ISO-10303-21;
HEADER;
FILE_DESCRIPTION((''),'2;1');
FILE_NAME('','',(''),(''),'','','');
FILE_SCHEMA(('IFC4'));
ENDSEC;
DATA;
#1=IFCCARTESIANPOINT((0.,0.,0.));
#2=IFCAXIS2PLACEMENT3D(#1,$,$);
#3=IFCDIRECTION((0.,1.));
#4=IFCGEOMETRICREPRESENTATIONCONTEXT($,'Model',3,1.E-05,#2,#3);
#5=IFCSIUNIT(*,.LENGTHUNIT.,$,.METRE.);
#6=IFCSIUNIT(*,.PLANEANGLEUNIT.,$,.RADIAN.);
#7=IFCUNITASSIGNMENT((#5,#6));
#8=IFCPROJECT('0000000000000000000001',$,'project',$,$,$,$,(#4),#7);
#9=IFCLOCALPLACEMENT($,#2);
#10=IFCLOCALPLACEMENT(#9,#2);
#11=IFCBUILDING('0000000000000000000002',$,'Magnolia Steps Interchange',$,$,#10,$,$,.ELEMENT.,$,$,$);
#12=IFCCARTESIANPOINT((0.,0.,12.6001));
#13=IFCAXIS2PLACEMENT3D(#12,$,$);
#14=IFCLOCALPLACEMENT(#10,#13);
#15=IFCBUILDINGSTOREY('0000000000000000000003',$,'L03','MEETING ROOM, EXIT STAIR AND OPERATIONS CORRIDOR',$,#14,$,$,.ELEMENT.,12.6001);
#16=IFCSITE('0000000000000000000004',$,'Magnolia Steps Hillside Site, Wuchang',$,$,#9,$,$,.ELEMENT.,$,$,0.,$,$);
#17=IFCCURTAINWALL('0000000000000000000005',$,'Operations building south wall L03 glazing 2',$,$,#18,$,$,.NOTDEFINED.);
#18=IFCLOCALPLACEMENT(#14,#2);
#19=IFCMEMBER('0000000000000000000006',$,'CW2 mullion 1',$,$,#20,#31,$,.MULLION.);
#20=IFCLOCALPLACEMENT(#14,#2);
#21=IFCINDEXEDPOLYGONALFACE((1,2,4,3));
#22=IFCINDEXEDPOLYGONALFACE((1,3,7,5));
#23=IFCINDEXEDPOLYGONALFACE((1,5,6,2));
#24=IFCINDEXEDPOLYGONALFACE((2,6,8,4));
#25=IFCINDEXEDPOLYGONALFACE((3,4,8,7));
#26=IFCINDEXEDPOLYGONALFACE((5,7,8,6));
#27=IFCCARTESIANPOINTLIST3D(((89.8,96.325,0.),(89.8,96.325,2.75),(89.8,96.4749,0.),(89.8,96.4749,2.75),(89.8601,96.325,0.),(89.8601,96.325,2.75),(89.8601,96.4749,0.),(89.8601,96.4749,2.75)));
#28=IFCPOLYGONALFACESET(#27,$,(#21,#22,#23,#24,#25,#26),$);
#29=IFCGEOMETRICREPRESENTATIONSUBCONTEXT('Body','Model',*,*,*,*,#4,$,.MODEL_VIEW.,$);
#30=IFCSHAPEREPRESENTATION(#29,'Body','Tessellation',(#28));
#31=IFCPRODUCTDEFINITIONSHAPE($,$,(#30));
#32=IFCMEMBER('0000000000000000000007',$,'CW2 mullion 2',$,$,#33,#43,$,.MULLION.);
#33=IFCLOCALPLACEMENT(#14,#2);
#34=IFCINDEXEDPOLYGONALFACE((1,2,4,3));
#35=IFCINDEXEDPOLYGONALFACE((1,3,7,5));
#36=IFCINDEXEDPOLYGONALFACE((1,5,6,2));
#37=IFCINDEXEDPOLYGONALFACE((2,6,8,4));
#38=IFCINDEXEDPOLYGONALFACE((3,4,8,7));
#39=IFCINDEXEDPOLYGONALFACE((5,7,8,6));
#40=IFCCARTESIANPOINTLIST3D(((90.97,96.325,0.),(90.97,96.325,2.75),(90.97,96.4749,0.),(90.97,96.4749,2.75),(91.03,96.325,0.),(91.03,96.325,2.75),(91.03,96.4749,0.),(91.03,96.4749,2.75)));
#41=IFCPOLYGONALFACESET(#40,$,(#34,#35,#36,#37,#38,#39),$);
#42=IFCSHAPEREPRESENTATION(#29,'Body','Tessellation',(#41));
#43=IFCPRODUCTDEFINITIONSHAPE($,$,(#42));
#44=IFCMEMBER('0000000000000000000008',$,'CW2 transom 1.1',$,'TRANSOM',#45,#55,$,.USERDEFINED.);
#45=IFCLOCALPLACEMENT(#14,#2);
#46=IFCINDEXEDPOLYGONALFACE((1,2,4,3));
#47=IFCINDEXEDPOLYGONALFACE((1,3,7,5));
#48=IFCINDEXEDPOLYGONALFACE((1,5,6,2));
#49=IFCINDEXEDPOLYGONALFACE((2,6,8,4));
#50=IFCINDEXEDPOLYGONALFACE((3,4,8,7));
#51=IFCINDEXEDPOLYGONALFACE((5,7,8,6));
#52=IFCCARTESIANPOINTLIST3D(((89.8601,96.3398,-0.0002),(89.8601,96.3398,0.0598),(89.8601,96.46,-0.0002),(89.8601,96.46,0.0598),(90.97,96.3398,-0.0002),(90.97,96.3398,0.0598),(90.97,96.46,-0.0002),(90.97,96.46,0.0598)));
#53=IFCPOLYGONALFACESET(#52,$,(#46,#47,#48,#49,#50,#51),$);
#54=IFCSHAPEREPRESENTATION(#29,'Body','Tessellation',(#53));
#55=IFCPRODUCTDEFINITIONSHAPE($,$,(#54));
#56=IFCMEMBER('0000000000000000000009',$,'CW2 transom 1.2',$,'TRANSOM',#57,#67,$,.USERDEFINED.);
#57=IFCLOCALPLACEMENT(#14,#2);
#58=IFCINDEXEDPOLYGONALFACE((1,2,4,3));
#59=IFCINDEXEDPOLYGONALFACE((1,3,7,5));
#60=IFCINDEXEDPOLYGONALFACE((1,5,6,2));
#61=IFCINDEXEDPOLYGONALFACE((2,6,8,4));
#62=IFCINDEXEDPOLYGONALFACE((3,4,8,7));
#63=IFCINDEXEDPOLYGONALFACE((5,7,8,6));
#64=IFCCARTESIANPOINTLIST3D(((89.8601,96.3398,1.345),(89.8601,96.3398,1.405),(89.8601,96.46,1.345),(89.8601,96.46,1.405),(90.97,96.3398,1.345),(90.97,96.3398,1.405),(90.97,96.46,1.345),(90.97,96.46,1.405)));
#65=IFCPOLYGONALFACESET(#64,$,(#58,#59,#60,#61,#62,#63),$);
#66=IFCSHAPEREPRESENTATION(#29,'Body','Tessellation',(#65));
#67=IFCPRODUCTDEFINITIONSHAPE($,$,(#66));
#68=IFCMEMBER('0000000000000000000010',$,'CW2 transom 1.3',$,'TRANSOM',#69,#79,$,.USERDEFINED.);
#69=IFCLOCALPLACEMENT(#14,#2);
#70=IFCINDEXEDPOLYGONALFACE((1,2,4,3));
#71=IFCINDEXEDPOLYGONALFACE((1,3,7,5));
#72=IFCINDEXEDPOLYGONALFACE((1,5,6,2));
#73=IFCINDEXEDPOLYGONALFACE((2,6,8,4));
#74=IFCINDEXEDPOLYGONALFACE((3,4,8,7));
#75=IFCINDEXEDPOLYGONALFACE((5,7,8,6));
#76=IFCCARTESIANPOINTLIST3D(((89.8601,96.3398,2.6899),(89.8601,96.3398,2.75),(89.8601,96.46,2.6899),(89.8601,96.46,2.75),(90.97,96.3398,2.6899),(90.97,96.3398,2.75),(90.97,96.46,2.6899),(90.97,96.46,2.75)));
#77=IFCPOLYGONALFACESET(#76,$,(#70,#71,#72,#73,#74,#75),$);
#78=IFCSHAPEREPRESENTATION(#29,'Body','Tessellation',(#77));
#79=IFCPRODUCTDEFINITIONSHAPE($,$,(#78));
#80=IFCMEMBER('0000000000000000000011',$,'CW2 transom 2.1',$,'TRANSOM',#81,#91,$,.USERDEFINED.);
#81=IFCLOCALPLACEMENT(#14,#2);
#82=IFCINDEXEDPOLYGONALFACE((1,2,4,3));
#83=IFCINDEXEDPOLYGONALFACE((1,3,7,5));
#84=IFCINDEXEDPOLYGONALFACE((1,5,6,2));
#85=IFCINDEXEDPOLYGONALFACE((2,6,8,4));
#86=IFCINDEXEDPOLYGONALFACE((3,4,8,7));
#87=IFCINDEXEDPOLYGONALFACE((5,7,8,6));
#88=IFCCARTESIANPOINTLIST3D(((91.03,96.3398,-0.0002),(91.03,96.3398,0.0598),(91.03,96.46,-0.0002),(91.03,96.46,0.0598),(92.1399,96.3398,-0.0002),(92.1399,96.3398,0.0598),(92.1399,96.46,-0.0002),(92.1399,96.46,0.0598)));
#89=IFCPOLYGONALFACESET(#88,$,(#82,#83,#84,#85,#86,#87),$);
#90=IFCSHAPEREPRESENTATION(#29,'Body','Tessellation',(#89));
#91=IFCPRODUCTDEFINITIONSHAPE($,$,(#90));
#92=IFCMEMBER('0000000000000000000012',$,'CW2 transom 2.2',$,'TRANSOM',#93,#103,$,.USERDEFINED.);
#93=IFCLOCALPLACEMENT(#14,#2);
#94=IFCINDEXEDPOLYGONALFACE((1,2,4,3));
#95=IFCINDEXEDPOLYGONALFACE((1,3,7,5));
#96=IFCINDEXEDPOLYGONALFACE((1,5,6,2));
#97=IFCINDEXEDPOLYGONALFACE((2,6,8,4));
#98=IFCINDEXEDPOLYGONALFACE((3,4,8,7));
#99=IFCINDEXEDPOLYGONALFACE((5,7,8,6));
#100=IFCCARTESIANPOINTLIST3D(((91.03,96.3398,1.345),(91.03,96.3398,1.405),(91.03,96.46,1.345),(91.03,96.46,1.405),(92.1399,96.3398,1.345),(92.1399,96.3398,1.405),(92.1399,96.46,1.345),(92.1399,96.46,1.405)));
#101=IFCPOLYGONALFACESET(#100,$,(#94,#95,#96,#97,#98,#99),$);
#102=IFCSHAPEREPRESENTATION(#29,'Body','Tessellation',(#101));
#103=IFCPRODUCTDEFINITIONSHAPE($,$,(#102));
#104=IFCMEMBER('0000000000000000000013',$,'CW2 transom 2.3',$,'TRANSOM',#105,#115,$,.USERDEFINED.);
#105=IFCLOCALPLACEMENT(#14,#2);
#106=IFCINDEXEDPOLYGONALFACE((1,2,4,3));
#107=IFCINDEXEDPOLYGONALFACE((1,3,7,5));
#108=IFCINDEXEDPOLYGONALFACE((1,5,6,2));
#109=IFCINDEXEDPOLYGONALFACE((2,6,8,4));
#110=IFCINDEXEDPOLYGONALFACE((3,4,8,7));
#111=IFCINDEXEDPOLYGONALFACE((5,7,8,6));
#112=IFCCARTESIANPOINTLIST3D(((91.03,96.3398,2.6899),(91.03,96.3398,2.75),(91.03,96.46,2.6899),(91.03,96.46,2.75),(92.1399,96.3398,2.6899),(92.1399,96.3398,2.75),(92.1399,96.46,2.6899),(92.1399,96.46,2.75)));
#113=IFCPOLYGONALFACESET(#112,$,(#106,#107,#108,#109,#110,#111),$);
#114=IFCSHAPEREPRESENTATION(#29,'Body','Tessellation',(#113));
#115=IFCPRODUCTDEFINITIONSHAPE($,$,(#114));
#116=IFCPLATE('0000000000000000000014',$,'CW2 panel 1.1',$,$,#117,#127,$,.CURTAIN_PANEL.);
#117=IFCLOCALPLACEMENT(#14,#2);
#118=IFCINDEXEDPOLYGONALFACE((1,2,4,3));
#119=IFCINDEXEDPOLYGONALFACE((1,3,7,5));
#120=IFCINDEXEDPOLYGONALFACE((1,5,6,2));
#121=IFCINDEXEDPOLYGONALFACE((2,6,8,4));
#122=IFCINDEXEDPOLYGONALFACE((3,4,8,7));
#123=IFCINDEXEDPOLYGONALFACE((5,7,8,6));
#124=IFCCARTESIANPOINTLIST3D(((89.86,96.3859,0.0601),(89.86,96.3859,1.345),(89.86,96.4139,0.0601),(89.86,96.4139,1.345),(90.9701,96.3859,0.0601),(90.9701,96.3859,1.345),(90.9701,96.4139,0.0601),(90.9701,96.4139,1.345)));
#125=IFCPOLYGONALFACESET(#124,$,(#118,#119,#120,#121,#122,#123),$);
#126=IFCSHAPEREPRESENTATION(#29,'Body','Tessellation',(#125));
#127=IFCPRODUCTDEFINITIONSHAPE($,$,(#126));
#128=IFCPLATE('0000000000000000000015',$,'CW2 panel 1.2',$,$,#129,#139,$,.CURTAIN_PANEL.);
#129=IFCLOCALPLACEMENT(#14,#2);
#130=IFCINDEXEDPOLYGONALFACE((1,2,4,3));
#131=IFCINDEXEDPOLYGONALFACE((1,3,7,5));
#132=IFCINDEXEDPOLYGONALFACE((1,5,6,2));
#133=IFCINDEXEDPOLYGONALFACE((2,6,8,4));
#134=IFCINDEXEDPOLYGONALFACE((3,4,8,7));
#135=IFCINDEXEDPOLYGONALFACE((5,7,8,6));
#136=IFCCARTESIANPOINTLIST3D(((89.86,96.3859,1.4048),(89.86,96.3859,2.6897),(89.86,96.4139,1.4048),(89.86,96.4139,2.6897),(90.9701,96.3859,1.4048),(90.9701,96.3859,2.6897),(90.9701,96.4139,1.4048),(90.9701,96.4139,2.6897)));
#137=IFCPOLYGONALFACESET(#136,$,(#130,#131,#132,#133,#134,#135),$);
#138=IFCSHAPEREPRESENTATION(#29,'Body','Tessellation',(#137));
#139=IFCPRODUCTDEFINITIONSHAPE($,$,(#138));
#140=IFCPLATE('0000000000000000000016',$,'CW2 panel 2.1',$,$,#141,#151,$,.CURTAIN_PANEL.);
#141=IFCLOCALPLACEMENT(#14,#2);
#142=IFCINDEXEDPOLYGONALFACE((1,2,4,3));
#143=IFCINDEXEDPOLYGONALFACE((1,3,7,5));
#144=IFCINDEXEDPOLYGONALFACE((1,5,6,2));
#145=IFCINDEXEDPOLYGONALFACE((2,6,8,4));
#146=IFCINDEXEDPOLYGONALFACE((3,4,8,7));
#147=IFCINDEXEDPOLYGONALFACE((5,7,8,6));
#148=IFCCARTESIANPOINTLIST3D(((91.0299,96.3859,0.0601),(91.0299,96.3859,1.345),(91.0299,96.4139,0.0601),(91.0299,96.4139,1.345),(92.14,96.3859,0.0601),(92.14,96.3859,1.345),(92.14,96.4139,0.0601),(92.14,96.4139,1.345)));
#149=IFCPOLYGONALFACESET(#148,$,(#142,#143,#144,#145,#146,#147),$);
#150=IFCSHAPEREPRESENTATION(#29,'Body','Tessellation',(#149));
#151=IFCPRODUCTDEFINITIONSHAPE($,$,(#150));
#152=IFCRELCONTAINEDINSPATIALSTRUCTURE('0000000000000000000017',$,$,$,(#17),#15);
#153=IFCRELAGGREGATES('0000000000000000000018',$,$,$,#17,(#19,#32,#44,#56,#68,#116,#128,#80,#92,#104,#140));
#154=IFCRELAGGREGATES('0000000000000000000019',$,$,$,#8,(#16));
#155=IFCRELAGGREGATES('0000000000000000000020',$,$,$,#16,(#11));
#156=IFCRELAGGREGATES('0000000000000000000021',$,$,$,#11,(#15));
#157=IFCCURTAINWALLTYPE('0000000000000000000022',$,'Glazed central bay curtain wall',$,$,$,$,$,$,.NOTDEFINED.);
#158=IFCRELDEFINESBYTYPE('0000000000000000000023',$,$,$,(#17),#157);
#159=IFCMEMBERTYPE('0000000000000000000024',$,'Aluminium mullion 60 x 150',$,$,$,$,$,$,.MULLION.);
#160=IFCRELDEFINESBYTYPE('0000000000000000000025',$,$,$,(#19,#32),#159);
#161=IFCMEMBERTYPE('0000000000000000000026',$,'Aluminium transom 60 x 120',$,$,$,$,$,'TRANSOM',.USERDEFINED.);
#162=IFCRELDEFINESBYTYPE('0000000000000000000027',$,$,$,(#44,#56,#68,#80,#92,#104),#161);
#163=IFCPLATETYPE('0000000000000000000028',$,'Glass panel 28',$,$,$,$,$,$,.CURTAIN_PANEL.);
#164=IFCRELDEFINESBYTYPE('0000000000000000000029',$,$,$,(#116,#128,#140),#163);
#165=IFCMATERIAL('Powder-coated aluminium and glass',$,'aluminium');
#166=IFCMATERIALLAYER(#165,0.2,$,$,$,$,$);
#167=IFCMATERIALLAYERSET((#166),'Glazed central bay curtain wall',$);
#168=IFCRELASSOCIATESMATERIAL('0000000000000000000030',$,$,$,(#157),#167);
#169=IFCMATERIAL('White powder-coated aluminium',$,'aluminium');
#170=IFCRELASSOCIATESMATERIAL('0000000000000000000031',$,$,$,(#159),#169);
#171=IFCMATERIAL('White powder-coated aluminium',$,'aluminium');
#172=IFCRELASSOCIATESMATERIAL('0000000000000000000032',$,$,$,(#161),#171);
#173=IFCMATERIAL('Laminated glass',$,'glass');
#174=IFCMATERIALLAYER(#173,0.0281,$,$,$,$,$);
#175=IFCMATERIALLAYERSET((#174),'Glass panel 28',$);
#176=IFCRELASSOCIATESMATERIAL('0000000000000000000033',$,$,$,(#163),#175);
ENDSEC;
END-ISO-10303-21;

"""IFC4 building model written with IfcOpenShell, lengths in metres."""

from ifc_helpers import new_model, si_unit, direction, frame, origin, origin_2d, place, context, subcontext, project, spatial, rectangle, extrude, material, layer, layer_set, material_profile, profile_set, type_object, element, aggregate, save


model = new_model("IFC4")

# Units and contexts
model_context = context("Model", 3, precision=1e-05, world=origin(), true_north=direction((0.0, 1.0)))
body_context = subcontext(model_context, "Body", "Model", "MODEL_VIEW")
ifc_project = project(units=[si_unit("LENGTHUNIT", "METRE"), si_unit("PLANEANGLEUNIT", "RADIAN")], contexts=[model_context])

# Site, building, storey
site_placement = place(None, origin())
site = spatial("IfcSite", under=ifc_project, at=site_placement, Name="Magnolia Steps Hillside Site, Wuchang", CompositionType="ELEMENT", RefElevation=0.0)
building_placement = place(site_placement, origin())
building = spatial("IfcBuilding", under=site, at=building_placement, Name="Magnolia Steps Interchange", CompositionType="ELEMENT")
storey_placement = place(building_placement, frame((0.0, 0.0, 12.6001)))
storey = spatial("IfcBuildingStorey", under=building, at=storey_placement, Name="L03", Description="MEETING ROOM, EXIT STAIR AND OPERATIONS CORRIDOR", CompositionType="ELEMENT", Elevation=12.6001)

# Curtain wall, members, plates
ifc_material_1 = material(Name="Powder-coated aluminium and glass", Category="aluminium")
ifc_layer_1 = layer(ifc_material_1, 0.2)
ifc_layer_set_1 = layer_set([ifc_layer_1], Name="Glazed central bay curtain wall")
curtain_wall_type = type_object("IfcCurtainWallType", Name="Glazed central bay curtain wall", PredefinedType="NOTDEFINED", material=ifc_layer_set_1)
curtain_wall_placement = place(storey_placement, origin())
curtain_wall = element("IfcCurtainWall", 1, at=curtain_wall_placement, inside=storey, type_object=curtain_wall_type, Name="Operations building south wall L03 glazing 2", PredefinedType="NOTDEFINED")
ifc_material_2 = material(Name="White powder-coated aluminium", Category="aluminium")
ifc_material_profile_1 = material_profile(ifc_material_2, rectangle(XDim=0.0601, YDim=0.1499, at=origin_2d()), Name="Aluminium mullion 60 x 150")
ifc_profile_set_1 = profile_set([ifc_material_profile_1], Name="White powder-coated aluminium")
member_type_1 = type_object("IfcMemberType", Name="Aluminium mullion 60 x 150", PredefinedType="MULLION", material=ifc_profile_set_1)
member_1_placement = place(storey_placement, frame((89.8301, 96.3999, 0.0), z_axis=(0.0, 0.0, 1.0), x_axis=(1.0, 0.0, 0.0)))
member_1 = element("IfcMember", 2, at=member_1_placement, type_object=member_type_1, Name="CW2 mullion 1", PredefinedType="MULLION", context=body_context, shape_type="SweptSolid", body=[
    extrude(rectangle(XDim=0.0601, YDim=0.1499, at=origin_2d()), origin(), (0.0, 0.0, 1.0), 2.75),
])
member_2_placement = place(storey_placement, frame((91.0, 96.3999, 0.0), z_axis=(0.0, 0.0, 1.0), x_axis=(1.0, 0.0, 0.0)))
member_2 = element("IfcMember", 3, at=member_2_placement, type_object=member_type_1, Name="CW2 mullion 2", PredefinedType="MULLION", context=body_context, shape_type="SweptSolid", body=[
    extrude(rectangle(XDim=0.0601, YDim=0.1499, at=origin_2d()), origin(), (0.0, 0.0, 1.0), 2.75),
])
ifc_material_3 = material(Name="White powder-coated aluminium", Category="aluminium")
ifc_material_profile_2 = material_profile(ifc_material_3, rectangle(XDim=0.0601, YDim=0.1201, at=origin_2d()), Name="Aluminium transom 60 x 120")
ifc_profile_set_2 = profile_set([ifc_material_profile_2], Name="White powder-coated aluminium")
member_type_2 = type_object("IfcMemberType", Name="Aluminium transom 60 x 120", ElementType="TRANSOM", PredefinedType="USERDEFINED", material=ifc_profile_set_2)
member_3_placement = place(storey_placement, frame((89.8601, 96.3999, 0.0298), z_axis=(1.0, 0.0, 0.0), x_axis=(0.0, 0.0, 1.0)))
member_3 = element("IfcMember", 4, at=member_3_placement, type_object=member_type_2, Name="CW2 transom 1.1", ObjectType="TRANSOM", PredefinedType="USERDEFINED", context=body_context, shape_type="SweptSolid", body=[
    extrude(rectangle(XDim=0.0601, YDim=0.1201, at=origin_2d()), origin(), (0.0, 0.0, 1.0), 1.1099),
])
member_4_placement = place(storey_placement, frame((89.8601, 96.3999, 1.375), z_axis=(1.0, 0.0, 0.0), x_axis=(0.0, 0.0, 1.0)))
member_4 = element("IfcMember", 5, at=member_4_placement, type_object=member_type_2, Name="CW2 transom 1.2", ObjectType="TRANSOM", PredefinedType="USERDEFINED", context=body_context, shape_type="SweptSolid", body=[
    extrude(rectangle(XDim=0.0601, YDim=0.1201, at=origin_2d()), origin(), (0.0, 0.0, 1.0), 1.1099),
])
member_5_placement = place(storey_placement, frame((89.8601, 96.3999, 2.72), z_axis=(1.0, 0.0, 0.0), x_axis=(0.0, 0.0, 1.0)))
member_5 = element("IfcMember", 6, at=member_5_placement, type_object=member_type_2, Name="CW2 transom 1.3", ObjectType="TRANSOM", PredefinedType="USERDEFINED", context=body_context, shape_type="SweptSolid", body=[
    extrude(rectangle(XDim=0.0601, YDim=0.1201, at=origin_2d()), origin(), (0.0, 0.0, 1.0), 1.1099),
])
member_6_placement = place(storey_placement, frame((91.03, 96.3999, 0.0298), z_axis=(1.0, 0.0, 0.0), x_axis=(0.0, 0.0, 1.0)))
member_6 = element("IfcMember", 7, at=member_6_placement, type_object=member_type_2, Name="CW2 transom 2.1", ObjectType="TRANSOM", PredefinedType="USERDEFINED", context=body_context, shape_type="SweptSolid", body=[
    extrude(rectangle(XDim=0.0601, YDim=0.1201, at=origin_2d()), origin(), (0.0, 0.0, 1.0), 1.1099),
])
member_7_placement = place(storey_placement, frame((91.03, 96.3999, 1.375), z_axis=(1.0, 0.0, 0.0), x_axis=(0.0, 0.0, 1.0)))
member_7 = element("IfcMember", 8, at=member_7_placement, type_object=member_type_2, Name="CW2 transom 2.2", ObjectType="TRANSOM", PredefinedType="USERDEFINED", context=body_context, shape_type="SweptSolid", body=[
    extrude(rectangle(XDim=0.0601, YDim=0.1201, at=origin_2d()), origin(), (0.0, 0.0, 1.0), 1.1099),
])
member_8_placement = place(storey_placement, frame((91.03, 96.3999, 2.72), z_axis=(1.0, 0.0, 0.0), x_axis=(0.0, 0.0, 1.0)))
member_8 = element("IfcMember", 9, at=member_8_placement, type_object=member_type_2, Name="CW2 transom 2.3", ObjectType="TRANSOM", PredefinedType="USERDEFINED", context=body_context, shape_type="SweptSolid", body=[
    extrude(rectangle(XDim=0.0601, YDim=0.1201, at=origin_2d()), origin(), (0.0, 0.0, 1.0), 1.1099),
])
ifc_material_4 = material(Name="Laminated glass", Category="glass")
ifc_layer_2 = layer(ifc_material_4, 0.0281)
ifc_layer_set_2 = layer_set([ifc_layer_2], Name="Glass panel 28")
plate_type = type_object("IfcPlateType", Name="Glass panel 28", PredefinedType="CURTAIN_PANEL", material=ifc_layer_set_2)
plate_1_placement = place(storey_placement, frame((90.415, 96.3999, 0.0601), z_axis=(0.0, 0.0, 1.0), x_axis=(1.0, 0.0, 0.0)))
plate_1 = element("IfcPlate", 10, at=plate_1_placement, type_object=plate_type, Name="CW2 panel 1.1", PredefinedType="CURTAIN_PANEL", context=body_context, shape_type="SweptSolid", body=[
    extrude(rectangle(XDim=1.1101, YDim=0.0281, at=origin_2d()), origin(), (0.0, 0.0, 1.0), 1.2849),
])
plate_2_placement = place(storey_placement, frame((90.415, 96.3999, 1.4048), z_axis=(0.0, 0.0, 1.0), x_axis=(1.0, 0.0, 0.0)))
plate_2 = element("IfcPlate", 11, at=plate_2_placement, type_object=plate_type, Name="CW2 panel 1.2", PredefinedType="CURTAIN_PANEL", context=body_context, shape_type="SweptSolid", body=[
    extrude(rectangle(XDim=1.1101, YDim=0.0281, at=origin_2d()), origin(), (0.0, 0.0, 1.0), 1.2849),
])
plate_3_placement = place(storey_placement, frame((91.585, 96.3999, 0.0601), z_axis=(0.0, 0.0, 1.0), x_axis=(1.0, 0.0, 0.0)))
plate_3 = element("IfcPlate", 12, at=plate_3_placement, type_object=plate_type, Name="CW2 panel 2.1", PredefinedType="CURTAIN_PANEL", context=body_context, shape_type="SweptSolid", body=[
    extrude(rectangle(XDim=1.1101, YDim=0.0281, at=origin_2d()), origin(), (0.0, 0.0, 1.0), 1.2849),
])
aggregate(curtain_wall, [member_1, member_2, member_3, member_4, member_5, plate_1, plate_2, member_6, member_7, member_8, plate_3])

save(model, "model.ifc")
